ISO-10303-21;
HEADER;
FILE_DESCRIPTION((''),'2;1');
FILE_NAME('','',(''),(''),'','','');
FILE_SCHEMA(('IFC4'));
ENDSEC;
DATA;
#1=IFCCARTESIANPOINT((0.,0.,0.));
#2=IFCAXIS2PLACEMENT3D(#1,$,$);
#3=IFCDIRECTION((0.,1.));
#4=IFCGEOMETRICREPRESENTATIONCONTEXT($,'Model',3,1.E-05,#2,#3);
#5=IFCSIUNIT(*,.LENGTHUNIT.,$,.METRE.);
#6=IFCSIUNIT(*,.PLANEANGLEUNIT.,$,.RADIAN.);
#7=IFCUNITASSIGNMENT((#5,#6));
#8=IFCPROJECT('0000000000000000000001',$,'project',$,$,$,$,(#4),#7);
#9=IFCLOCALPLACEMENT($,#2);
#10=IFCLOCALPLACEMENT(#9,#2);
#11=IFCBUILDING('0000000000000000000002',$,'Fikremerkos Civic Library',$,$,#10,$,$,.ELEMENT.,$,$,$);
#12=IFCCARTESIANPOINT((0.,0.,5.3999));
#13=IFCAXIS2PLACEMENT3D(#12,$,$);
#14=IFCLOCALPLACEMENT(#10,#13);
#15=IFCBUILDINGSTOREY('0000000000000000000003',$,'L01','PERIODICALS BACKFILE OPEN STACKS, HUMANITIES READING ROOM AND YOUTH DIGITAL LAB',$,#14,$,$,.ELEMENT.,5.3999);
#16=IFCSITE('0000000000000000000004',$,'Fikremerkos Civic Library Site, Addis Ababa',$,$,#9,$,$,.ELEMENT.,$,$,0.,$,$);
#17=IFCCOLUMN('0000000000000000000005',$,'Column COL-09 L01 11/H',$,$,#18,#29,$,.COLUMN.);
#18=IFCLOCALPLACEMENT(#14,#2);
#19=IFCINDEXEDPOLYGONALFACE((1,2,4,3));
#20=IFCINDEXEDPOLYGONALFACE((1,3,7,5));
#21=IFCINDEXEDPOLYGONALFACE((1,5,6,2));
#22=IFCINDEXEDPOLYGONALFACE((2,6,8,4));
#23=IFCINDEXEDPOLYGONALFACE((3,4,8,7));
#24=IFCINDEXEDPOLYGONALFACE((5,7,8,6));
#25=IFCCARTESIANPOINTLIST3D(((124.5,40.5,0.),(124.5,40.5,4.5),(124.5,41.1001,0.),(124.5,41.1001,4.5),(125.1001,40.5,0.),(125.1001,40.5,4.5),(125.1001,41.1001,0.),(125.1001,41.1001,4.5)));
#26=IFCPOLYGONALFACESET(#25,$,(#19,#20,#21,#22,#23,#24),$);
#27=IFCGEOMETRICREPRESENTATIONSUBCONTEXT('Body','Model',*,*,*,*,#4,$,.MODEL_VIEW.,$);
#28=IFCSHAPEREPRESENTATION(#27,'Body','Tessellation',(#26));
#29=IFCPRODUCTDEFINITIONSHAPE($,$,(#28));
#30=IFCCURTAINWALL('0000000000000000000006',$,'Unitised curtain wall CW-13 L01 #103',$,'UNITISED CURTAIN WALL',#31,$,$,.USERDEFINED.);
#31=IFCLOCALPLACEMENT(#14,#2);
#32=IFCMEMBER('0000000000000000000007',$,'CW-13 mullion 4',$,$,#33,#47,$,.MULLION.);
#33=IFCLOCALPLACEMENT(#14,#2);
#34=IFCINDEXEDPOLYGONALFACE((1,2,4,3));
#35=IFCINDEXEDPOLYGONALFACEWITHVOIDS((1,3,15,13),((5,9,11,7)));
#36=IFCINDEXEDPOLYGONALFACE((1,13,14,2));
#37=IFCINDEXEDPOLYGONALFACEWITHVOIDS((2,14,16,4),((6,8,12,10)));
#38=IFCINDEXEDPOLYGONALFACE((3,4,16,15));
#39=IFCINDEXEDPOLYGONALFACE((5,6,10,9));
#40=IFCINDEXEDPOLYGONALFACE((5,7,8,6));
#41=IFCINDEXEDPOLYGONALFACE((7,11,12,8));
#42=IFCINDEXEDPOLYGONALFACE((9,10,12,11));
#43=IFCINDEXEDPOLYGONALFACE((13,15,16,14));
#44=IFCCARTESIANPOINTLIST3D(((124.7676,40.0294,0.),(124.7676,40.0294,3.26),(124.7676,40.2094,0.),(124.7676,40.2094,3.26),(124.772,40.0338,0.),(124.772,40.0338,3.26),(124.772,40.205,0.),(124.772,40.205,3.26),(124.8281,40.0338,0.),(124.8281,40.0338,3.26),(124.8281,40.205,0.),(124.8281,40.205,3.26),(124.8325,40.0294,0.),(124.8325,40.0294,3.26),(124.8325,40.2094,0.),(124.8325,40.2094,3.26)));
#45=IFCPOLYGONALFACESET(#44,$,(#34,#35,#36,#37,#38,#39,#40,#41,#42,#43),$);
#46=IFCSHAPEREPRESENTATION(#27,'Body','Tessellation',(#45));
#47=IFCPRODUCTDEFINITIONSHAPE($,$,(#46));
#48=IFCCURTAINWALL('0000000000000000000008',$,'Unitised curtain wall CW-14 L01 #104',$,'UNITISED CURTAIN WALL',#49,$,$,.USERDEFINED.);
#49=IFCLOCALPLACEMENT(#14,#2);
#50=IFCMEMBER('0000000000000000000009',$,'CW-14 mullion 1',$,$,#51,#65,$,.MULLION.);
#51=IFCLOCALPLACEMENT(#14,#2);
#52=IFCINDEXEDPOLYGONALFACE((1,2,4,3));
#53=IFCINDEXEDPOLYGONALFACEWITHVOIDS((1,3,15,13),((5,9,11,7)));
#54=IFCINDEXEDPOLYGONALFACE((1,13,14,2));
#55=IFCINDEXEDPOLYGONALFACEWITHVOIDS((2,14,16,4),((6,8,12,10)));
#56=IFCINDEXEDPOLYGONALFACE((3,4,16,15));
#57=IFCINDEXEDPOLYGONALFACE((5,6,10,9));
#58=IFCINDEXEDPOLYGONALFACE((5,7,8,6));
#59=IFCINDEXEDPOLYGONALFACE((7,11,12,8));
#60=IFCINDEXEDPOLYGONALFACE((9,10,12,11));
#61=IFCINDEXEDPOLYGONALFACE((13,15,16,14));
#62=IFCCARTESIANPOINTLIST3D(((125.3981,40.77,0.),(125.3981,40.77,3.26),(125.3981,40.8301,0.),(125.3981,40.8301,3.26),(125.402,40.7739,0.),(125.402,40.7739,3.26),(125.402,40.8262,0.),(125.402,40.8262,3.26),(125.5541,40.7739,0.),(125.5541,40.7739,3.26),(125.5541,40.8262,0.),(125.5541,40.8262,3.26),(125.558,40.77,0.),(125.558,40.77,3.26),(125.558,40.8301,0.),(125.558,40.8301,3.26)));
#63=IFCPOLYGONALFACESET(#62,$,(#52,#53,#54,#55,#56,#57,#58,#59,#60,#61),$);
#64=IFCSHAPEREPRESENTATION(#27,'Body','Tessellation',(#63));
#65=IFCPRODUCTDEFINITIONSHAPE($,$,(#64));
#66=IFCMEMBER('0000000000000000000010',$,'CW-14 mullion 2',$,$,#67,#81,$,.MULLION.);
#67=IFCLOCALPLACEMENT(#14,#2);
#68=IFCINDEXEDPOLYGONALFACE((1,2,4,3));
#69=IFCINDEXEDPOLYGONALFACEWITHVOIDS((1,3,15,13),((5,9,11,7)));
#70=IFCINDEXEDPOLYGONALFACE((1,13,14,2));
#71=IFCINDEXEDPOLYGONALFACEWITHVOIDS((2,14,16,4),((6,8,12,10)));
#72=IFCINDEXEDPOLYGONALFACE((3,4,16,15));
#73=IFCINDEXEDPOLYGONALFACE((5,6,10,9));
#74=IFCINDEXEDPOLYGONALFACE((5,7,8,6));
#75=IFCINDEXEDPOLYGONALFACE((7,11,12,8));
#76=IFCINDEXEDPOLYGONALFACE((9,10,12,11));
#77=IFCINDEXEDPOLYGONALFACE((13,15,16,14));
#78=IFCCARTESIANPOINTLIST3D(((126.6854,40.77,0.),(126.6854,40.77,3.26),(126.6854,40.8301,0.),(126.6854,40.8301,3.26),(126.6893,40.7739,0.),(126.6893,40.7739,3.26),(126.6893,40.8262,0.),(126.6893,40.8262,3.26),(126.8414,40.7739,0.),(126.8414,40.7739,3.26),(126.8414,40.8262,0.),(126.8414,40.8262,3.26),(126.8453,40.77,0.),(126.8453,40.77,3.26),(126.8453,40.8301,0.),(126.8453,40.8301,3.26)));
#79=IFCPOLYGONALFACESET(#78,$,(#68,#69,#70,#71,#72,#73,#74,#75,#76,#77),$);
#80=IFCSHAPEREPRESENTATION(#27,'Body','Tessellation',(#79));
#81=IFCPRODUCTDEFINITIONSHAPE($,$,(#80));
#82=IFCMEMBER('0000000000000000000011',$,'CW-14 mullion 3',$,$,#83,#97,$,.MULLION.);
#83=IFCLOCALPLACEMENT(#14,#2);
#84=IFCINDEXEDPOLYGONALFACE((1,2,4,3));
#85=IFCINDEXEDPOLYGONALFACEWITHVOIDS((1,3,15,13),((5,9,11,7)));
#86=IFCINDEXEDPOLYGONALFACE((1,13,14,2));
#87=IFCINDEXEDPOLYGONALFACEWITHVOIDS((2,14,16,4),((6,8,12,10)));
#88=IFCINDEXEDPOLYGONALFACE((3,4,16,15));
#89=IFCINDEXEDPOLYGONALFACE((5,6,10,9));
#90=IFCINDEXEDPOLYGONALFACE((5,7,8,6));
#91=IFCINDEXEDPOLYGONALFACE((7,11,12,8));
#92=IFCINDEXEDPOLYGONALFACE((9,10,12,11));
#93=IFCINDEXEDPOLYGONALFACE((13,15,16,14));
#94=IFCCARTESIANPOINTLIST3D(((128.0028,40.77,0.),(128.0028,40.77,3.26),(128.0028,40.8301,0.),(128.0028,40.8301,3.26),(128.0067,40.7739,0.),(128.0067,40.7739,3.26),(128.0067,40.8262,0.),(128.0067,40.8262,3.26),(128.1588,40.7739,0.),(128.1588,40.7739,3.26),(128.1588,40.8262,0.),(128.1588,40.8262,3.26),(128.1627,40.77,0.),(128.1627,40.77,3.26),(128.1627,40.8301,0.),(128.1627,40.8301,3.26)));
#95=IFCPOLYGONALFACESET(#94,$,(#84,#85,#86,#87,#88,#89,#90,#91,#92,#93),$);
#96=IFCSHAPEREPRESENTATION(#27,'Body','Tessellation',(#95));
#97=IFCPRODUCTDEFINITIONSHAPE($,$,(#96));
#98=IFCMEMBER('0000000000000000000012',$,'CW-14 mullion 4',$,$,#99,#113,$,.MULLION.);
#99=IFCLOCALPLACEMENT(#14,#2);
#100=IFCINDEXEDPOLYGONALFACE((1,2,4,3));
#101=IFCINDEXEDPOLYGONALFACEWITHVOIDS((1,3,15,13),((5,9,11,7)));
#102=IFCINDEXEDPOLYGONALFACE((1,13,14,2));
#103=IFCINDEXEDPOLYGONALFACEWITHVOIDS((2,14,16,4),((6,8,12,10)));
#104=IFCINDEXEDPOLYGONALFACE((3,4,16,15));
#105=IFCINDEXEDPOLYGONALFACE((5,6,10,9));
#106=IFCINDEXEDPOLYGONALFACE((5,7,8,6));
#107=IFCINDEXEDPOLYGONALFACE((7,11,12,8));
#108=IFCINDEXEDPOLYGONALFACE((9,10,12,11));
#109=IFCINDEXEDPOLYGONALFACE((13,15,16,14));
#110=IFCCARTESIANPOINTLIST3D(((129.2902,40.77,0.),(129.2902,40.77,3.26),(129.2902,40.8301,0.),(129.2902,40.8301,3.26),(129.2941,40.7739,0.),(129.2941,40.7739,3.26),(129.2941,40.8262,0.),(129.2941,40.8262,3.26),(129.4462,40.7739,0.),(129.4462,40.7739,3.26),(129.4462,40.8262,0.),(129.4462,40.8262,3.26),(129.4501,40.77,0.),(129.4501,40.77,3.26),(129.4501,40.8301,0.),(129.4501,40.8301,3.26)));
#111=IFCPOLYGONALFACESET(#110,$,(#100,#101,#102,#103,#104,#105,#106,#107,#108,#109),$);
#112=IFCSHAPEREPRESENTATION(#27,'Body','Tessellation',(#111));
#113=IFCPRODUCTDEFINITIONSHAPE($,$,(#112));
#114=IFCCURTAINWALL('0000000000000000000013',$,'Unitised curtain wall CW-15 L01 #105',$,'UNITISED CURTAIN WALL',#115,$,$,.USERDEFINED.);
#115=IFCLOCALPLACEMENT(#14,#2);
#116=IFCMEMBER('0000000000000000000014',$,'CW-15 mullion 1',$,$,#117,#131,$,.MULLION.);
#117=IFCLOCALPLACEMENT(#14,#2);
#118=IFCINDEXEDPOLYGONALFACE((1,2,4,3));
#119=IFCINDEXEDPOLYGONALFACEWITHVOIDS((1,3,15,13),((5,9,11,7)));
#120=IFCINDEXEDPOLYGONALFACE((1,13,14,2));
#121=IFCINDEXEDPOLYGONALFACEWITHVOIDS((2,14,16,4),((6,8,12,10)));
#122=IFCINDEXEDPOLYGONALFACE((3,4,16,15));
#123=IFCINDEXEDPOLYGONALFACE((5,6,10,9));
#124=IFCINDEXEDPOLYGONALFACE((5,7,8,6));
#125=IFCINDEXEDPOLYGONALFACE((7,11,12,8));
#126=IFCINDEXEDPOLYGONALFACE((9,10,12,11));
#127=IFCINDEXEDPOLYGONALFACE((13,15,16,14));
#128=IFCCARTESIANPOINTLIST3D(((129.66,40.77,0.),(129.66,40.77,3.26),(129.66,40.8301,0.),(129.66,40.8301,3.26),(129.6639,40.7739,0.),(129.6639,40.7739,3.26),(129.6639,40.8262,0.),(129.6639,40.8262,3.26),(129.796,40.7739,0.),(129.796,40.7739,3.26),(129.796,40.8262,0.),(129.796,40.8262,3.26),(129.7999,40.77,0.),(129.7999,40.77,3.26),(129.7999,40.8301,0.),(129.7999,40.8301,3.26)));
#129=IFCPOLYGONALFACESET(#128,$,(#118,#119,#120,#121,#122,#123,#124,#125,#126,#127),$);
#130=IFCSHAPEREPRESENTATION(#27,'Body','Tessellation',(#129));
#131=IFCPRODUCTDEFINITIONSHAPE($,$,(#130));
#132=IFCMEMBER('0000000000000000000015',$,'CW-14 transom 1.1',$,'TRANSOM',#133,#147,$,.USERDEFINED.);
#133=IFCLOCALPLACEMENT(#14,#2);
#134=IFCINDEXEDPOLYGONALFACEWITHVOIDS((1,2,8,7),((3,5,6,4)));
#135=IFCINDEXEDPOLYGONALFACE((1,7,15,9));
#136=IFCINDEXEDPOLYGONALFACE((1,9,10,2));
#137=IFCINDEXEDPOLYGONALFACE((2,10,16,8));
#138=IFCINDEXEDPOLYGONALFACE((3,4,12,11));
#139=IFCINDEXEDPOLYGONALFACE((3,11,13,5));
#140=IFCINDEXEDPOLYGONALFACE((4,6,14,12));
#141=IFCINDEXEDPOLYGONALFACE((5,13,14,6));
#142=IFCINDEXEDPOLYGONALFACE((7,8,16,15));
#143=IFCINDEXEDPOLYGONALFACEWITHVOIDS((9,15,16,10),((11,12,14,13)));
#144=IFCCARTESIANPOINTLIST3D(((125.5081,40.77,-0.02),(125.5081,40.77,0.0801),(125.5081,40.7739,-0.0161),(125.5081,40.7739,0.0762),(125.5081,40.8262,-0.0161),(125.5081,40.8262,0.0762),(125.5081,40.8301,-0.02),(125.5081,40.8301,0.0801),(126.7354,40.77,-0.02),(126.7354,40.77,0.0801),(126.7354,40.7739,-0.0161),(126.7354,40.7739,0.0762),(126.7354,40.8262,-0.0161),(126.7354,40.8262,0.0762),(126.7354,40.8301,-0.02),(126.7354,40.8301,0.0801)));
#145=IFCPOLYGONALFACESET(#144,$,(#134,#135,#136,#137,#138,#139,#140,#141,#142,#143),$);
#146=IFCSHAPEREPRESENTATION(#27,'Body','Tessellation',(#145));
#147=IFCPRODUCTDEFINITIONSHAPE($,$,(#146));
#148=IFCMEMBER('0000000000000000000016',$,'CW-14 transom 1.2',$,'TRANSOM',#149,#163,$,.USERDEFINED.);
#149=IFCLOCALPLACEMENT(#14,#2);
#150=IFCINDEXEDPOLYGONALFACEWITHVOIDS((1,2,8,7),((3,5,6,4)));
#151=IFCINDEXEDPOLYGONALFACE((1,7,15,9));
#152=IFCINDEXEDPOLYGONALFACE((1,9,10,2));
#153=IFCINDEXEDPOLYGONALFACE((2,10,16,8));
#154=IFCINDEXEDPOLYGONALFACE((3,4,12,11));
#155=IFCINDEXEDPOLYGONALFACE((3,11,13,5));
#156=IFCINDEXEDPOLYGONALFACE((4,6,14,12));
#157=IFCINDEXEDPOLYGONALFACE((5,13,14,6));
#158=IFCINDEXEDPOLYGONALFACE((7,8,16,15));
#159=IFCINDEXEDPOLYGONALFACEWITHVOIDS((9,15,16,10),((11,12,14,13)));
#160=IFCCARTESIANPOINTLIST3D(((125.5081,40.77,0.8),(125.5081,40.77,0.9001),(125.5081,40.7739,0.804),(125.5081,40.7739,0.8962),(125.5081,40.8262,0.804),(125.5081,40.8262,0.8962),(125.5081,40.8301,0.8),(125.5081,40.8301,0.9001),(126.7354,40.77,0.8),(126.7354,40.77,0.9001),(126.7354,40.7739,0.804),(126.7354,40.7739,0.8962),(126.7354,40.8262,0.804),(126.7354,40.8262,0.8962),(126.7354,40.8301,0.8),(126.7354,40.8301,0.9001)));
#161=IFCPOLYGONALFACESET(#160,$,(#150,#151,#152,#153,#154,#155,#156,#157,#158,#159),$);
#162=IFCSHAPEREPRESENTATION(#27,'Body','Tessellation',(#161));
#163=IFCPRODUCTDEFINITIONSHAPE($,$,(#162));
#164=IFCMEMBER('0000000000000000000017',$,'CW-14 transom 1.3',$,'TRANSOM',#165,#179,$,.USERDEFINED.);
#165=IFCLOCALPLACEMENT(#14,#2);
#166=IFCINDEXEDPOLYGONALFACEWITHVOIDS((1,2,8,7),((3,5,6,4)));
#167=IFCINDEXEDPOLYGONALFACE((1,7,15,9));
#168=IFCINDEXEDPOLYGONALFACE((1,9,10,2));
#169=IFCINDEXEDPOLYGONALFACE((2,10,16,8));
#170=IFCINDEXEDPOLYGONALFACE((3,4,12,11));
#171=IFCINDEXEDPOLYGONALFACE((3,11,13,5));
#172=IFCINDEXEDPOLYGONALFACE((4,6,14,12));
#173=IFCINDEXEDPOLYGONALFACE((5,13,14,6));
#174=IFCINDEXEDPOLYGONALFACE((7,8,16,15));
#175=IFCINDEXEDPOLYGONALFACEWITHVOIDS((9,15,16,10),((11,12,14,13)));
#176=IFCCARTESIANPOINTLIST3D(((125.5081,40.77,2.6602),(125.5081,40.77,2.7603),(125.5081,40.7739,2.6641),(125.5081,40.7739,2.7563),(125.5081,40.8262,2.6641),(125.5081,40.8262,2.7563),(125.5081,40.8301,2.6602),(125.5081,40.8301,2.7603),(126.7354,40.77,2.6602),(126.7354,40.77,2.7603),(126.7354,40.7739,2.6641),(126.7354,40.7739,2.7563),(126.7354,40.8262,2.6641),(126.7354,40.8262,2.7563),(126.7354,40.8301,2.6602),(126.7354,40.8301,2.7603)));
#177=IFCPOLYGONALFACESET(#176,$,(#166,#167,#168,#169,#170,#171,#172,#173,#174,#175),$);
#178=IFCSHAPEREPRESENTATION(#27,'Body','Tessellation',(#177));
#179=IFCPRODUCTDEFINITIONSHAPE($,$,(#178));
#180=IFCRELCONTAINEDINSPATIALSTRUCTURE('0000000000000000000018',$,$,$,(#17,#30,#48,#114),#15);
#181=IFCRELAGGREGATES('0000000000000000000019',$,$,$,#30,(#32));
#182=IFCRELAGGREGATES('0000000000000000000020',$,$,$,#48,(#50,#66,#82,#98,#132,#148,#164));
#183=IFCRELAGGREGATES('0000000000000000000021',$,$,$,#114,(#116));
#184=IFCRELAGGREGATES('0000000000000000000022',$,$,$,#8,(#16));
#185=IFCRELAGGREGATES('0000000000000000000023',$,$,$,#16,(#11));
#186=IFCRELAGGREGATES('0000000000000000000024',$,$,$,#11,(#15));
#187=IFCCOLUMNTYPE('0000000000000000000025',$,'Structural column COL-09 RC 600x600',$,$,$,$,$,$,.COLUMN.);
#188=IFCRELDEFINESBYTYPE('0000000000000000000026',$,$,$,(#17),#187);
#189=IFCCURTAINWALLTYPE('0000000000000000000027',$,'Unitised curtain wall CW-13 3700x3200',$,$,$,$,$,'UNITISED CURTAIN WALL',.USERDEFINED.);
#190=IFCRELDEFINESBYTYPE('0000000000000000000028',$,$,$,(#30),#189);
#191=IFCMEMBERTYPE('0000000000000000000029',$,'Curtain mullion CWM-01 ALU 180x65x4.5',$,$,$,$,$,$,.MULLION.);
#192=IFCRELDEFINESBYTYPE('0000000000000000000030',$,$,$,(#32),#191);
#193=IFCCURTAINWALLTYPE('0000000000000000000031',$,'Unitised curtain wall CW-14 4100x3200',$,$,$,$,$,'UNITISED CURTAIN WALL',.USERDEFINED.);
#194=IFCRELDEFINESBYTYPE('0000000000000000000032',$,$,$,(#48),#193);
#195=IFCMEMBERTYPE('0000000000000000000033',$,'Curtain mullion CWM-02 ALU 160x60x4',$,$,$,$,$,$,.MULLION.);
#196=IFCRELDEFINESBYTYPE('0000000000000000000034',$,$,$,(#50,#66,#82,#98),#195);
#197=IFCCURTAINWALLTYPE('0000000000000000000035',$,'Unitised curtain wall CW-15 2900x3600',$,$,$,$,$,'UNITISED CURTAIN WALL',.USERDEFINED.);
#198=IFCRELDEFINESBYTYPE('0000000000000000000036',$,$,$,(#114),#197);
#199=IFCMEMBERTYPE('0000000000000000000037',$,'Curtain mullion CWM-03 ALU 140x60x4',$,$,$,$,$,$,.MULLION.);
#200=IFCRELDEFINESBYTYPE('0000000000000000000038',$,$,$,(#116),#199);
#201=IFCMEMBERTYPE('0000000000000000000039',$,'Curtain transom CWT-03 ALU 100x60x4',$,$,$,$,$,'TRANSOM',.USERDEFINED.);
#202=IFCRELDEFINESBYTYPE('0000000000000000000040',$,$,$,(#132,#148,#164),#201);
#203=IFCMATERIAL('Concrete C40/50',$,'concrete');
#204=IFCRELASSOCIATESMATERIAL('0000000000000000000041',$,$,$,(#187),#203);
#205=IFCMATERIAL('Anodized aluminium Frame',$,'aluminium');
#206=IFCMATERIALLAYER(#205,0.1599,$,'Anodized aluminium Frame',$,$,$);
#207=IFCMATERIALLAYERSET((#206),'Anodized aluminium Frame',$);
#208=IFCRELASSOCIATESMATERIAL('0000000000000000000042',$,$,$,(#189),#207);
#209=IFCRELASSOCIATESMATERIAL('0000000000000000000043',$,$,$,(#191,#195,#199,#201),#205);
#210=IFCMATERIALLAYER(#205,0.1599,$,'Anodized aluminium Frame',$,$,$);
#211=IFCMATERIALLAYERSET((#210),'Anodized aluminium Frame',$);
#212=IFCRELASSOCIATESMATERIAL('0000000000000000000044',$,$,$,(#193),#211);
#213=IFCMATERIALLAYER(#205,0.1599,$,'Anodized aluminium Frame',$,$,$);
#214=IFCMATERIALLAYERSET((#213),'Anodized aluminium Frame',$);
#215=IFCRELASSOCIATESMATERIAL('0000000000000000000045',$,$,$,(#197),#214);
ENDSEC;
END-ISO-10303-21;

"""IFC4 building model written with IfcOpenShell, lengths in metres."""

from ifc_helpers import new_model, si_unit, direction, frame, origin, origin_2d, place, context, subcontext, project, spatial, rectangle, hollow_rectangle, extrude, material, layer, layer_set, material_profile, profile_set, type_object, element, aggregate, save


model = new_model("IFC4")

# Units and contexts
model_context = context("Model", 3, precision=1e-05, world=origin(), true_north=direction((0.0, 1.0)))
body_context = subcontext(model_context, "Body", "Model", "MODEL_VIEW")
ifc_project = project(units=[si_unit("LENGTHUNIT", "METRE"), si_unit("PLANEANGLEUNIT", "RADIAN")], contexts=[model_context])

# Site, building, storey
site_placement = place(None, origin())
site = spatial("IfcSite", under=ifc_project, at=site_placement, Name="Fikremerkos Civic Library Site, Addis Ababa", CompositionType="ELEMENT", RefElevation=0.0)
building_placement = place(site_placement, origin())
building = spatial("IfcBuilding", under=site, at=building_placement, Name="Fikremerkos Civic Library", CompositionType="ELEMENT")
storey_placement = place(building_placement, frame((0.0, 0.0, 5.3999)))
storey = spatial("IfcBuildingStorey", under=building, at=storey_placement, Name="L01", Description="PERIODICALS BACKFILE OPEN STACKS, HUMANITIES READING ROOM AND YOUTH DIGITAL LAB", CompositionType="ELEMENT", Elevation=5.3999)

# Column
ifc_material_1 = material(Name="Concrete C40/50", Category="concrete")
ifc_material_profile_1 = material_profile(ifc_material_1, rectangle(XDim=0.6001, YDim=0.6001, at=origin_2d()), Name="RC 600x600")
ifc_profile_set_1 = profile_set([ifc_material_profile_1], Name="Concrete C40/50")
column_type = type_object("IfcColumnType", Name="Structural column COL-09 RC 600x600", PredefinedType="COLUMN", material=ifc_profile_set_1)
column_placement = place(storey_placement, frame((124.8, 40.8, 0.0), z_axis=(0.0, 0.0, 1.0), x_axis=(1.0, 0.0, 0.0)))
element("IfcColumn", 1, at=column_placement, inside=storey, type_object=column_type, Name="Column COL-09 L01 11/H", PredefinedType="COLUMN", context=body_context, shape_type="SweptSolid", body=[
    extrude(rectangle(XDim=0.6001, YDim=0.6001, at=origin_2d()), origin(), (0.0, 0.0, 1.0), 4.5),
])

# Curtain wall, member
ifc_material_2 = material(Name="Anodized aluminium Frame", Category="aluminium")
ifc_layer_1 = layer(ifc_material_2, 0.1599, Name="Anodized aluminium Frame")
ifc_layer_set_1 = layer_set([ifc_layer_1], Name="Anodized aluminium Frame")
curtain_wall_type_1 = type_object("IfcCurtainWallType", Name="Unitised curtain wall CW-13 3700x3200", ElementType="UNITISED CURTAIN WALL", PredefinedType="USERDEFINED", material=ifc_layer_set_1)
curtain_wall_1_placement = place(storey_placement, origin())
curtain_wall_1 = element("IfcCurtainWall", 2, at=curtain_wall_1_placement, inside=storey, type_object=curtain_wall_type_1, Name="Unitised curtain wall CW-13 L01 #103", ObjectType="UNITISED CURTAIN WALL", PredefinedType="USERDEFINED")
ifc_material_profile_2 = material_profile(ifc_material_2, hollow_rectangle(XDim=0.0649, YDim=0.1799, WallThickness=0.0044, at=origin_2d()), Name="ALU 180x65x4.5")
ifc_profile_set_2 = profile_set([ifc_material_profile_2], Name="Anodized aluminium Frame")
member_type_1 = type_object("IfcMemberType", Name="Curtain mullion CWM-01 ALU 180x65x4.5", PredefinedType="MULLION", material=ifc_profile_set_2)
member_1_placement = place(storey_placement, frame((124.8, 40.1194, 0.0), z_axis=(0.0, 0.0, 1.0), x_axis=(-1.0, 0.0, 0.0)))
member_1 = element("IfcMember", 3, at=member_1_placement, type_object=member_type_1, Name="CW-13 mullion 4", PredefinedType="MULLION", context=body_context, shape_type="SweptSolid", body=[
    extrude(hollow_rectangle(XDim=0.0649, YDim=0.1799, WallThickness=0.0044, at=origin_2d()), origin(), (0.0, 0.0, 1.0), 3.26),
])

# Curtain wall, members
ifc_layer_2 = layer(ifc_material_2, 0.1599, Name="Anodized aluminium Frame")
ifc_layer_set_2 = layer_set([ifc_layer_2], Name="Anodized aluminium Frame")
curtain_wall_type_2 = type_object("IfcCurtainWallType", Name="Unitised curtain wall CW-14 4100x3200", ElementType="UNITISED CURTAIN WALL", PredefinedType="USERDEFINED", material=ifc_layer_set_2)
curtain_wall_2_placement = place(storey_placement, origin())
curtain_wall_2 = element("IfcCurtainWall", 4, at=curtain_wall_2_placement, inside=storey, type_object=curtain_wall_type_2, Name="Unitised curtain wall CW-14 L01 #104", ObjectType="UNITISED CURTAIN WALL", PredefinedType="USERDEFINED")
ifc_material_profile_3 = material_profile(ifc_material_2, hollow_rectangle(XDim=0.0601, YDim=0.1599, WallThickness=0.0039, at=origin_2d()), Name="ALU 160x60x4")
ifc_profile_set_3 = profile_set([ifc_material_profile_3], Name="Anodized aluminium Frame")
member_type_2 = type_object("IfcMemberType", Name="Curtain mullion CWM-02 ALU 160x60x4", PredefinedType="MULLION", material=ifc_profile_set_3)
member_2_placement = place(storey_placement, frame((125.478, 40.8, 0.0), z_axis=(0.0, 0.0, 1.0), x_axis=(0.0, 1.0, 0.0)))
member_2 = element("IfcMember", 5, at=member_2_placement, type_object=member_type_2, Name="CW-14 mullion 1", PredefinedType="MULLION", context=body_context, shape_type="SweptSolid", body=[
    extrude(hollow_rectangle(XDim=0.0601, YDim=0.1599, WallThickness=0.0039, at=origin_2d()), origin(), (0.0, 0.0, 1.0), 3.26),
])
member_3_placement = place(storey_placement, frame((126.7654, 40.8, 0.0), z_axis=(0.0, 0.0, 1.0), x_axis=(0.0, 1.0, 0.0)))
member_3 = element("IfcMember", 6, at=member_3_placement, type_object=member_type_2, Name="CW-14 mullion 2", PredefinedType="MULLION", context=body_context, shape_type="SweptSolid", body=[
    extrude(hollow_rectangle(XDim=0.0601, YDim=0.1599, WallThickness=0.0039, at=origin_2d()), origin(), (0.0, 0.0, 1.0), 3.26),
])
member_4_placement = place(storey_placement, frame((128.0828, 40.8, 0.0), z_axis=(0.0, 0.0, 1.0), x_axis=(0.0, 1.0, 0.0)))
member_4 = element("IfcMember", 7, at=member_4_placement, type_object=member_type_2, Name="CW-14 mullion 3", PredefinedType="MULLION", context=body_context, shape_type="SweptSolid", body=[
    extrude(hollow_rectangle(XDim=0.0601, YDim=0.1599, WallThickness=0.0039, at=origin_2d()), origin(), (0.0, 0.0, 1.0), 3.26),
])
member_5_placement = place(storey_placement, frame((129.3701, 40.8, 0.0), z_axis=(0.0, 0.0, 1.0), x_axis=(0.0, 1.0, 0.0)))
member_5 = element("IfcMember", 8, at=member_5_placement, type_object=member_type_2, Name="CW-14 mullion 4", PredefinedType="MULLION", context=body_context, shape_type="SweptSolid", body=[
    extrude(hollow_rectangle(XDim=0.0601, YDim=0.1599, WallThickness=0.0039, at=origin_2d()), origin(), (0.0, 0.0, 1.0), 3.26),
])

# Curtain wall, member
ifc_layer_3 = layer(ifc_material_2, 0.1599, Name="Anodized aluminium Frame")
ifc_layer_set_3 = layer_set([ifc_layer_3], Name="Anodized aluminium Frame")
curtain_wall_type_3 = type_object("IfcCurtainWallType", Name="Unitised curtain wall CW-15 2900x3600", ElementType="UNITISED CURTAIN WALL", PredefinedType="USERDEFINED", material=ifc_layer_set_3)
curtain_wall_3_placement = place(storey_placement, origin())
curtain_wall_3 = element("IfcCurtainWall", 9, at=curtain_wall_3_placement, inside=storey, type_object=curtain_wall_type_3, Name="Unitised curtain wall CW-15 L01 #105", ObjectType="UNITISED CURTAIN WALL", PredefinedType="USERDEFINED")
ifc_material_profile_4 = material_profile(ifc_material_2, hollow_rectangle(XDim=0.0601, YDim=0.1399, WallThickness=0.0039, at=origin_2d()), Name="ALU 140x60x4")
ifc_profile_set_4 = profile_set([ifc_material_profile_4], Name="Anodized aluminium Frame")
member_type_3 = type_object("IfcMemberType", Name="Curtain mullion CWM-03 ALU 140x60x4", PredefinedType="MULLION", material=ifc_profile_set_4)
member_6_placement = place(storey_placement, frame((129.73, 40.8, 0.0), z_axis=(0.0, 0.0, 1.0), x_axis=(0.0, 1.0, 0.0)))
member_6 = element("IfcMember", 10, at=member_6_placement, type_object=member_type_3, Name="CW-15 mullion 1", PredefinedType="MULLION", context=body_context, shape_type="SweptSolid", body=[
    extrude(hollow_rectangle(XDim=0.0601, YDim=0.1399, WallThickness=0.0039, at=origin_2d()), origin(), (0.0, 0.0, 1.0), 3.26),
])

# Members
ifc_material_profile_5 = material_profile(ifc_material_2, hollow_rectangle(XDim=0.0601, YDim=0.1001, WallThickness=0.0039, at=origin_2d()), Name="ALU 100x60x4")
ifc_profile_set_5 = profile_set([ifc_material_profile_5], Name="Anodized aluminium Frame")
member_type_4 = type_object("IfcMemberType", Name="Curtain transom CWT-03 ALU 100x60x4", ElementType="TRANSOM", PredefinedType="USERDEFINED", material=ifc_profile_set_5)
member_7_placement = place(storey_placement, frame((125.5081, 40.8, 0.03), z_axis=(1.0, 0.0, 0.0), x_axis=(0.0, 1.0, 0.0)))
member_7 = element("IfcMember", 11, at=member_7_placement, type_object=member_type_4, Name="CW-14 transom 1.1", ObjectType="TRANSOM", PredefinedType="USERDEFINED", context=body_context, shape_type="SweptSolid", body=[
    extrude(hollow_rectangle(XDim=0.0601, YDim=0.1001, WallThickness=0.0039, at=origin_2d()), origin(), (0.0, 0.0, 1.0), 1.2273),
])
member_8_placement = place(storey_placement, frame((125.5081, 40.8, 0.8501), z_axis=(1.0, 0.0, 0.0), x_axis=(0.0, 1.0, 0.0)))
member_8 = element("IfcMember", 12, at=member_8_placement, type_object=member_type_4, Name="CW-14 transom 1.2", ObjectType="TRANSOM", PredefinedType="USERDEFINED", context=body_context, shape_type="SweptSolid", body=[
    extrude(hollow_rectangle(XDim=0.0601, YDim=0.1001, WallThickness=0.0039, at=origin_2d()), origin(), (0.0, 0.0, 1.0), 1.2273),
])
member_9_placement = place(storey_placement, frame((125.5081, 40.8, 2.7102), z_axis=(1.0, 0.0, 0.0), x_axis=(0.0, 1.0, 0.0)))
member_9 = element("IfcMember", 13, at=member_9_placement, type_object=member_type_4, Name="CW-14 transom 1.3", ObjectType="TRANSOM", PredefinedType="USERDEFINED", context=body_context, shape_type="SweptSolid", body=[
    extrude(hollow_rectangle(XDim=0.0601, YDim=0.1001, WallThickness=0.0039, at=origin_2d()), origin(), (0.0, 0.0, 1.0), 1.2273),
])

aggregate(curtain_wall_1, [member_1])
aggregate(curtain_wall_2, [member_2, member_3, member_4, member_5, member_7, member_8, member_9])
aggregate(curtain_wall_3, [member_6])

save(model, "model.ifc")
